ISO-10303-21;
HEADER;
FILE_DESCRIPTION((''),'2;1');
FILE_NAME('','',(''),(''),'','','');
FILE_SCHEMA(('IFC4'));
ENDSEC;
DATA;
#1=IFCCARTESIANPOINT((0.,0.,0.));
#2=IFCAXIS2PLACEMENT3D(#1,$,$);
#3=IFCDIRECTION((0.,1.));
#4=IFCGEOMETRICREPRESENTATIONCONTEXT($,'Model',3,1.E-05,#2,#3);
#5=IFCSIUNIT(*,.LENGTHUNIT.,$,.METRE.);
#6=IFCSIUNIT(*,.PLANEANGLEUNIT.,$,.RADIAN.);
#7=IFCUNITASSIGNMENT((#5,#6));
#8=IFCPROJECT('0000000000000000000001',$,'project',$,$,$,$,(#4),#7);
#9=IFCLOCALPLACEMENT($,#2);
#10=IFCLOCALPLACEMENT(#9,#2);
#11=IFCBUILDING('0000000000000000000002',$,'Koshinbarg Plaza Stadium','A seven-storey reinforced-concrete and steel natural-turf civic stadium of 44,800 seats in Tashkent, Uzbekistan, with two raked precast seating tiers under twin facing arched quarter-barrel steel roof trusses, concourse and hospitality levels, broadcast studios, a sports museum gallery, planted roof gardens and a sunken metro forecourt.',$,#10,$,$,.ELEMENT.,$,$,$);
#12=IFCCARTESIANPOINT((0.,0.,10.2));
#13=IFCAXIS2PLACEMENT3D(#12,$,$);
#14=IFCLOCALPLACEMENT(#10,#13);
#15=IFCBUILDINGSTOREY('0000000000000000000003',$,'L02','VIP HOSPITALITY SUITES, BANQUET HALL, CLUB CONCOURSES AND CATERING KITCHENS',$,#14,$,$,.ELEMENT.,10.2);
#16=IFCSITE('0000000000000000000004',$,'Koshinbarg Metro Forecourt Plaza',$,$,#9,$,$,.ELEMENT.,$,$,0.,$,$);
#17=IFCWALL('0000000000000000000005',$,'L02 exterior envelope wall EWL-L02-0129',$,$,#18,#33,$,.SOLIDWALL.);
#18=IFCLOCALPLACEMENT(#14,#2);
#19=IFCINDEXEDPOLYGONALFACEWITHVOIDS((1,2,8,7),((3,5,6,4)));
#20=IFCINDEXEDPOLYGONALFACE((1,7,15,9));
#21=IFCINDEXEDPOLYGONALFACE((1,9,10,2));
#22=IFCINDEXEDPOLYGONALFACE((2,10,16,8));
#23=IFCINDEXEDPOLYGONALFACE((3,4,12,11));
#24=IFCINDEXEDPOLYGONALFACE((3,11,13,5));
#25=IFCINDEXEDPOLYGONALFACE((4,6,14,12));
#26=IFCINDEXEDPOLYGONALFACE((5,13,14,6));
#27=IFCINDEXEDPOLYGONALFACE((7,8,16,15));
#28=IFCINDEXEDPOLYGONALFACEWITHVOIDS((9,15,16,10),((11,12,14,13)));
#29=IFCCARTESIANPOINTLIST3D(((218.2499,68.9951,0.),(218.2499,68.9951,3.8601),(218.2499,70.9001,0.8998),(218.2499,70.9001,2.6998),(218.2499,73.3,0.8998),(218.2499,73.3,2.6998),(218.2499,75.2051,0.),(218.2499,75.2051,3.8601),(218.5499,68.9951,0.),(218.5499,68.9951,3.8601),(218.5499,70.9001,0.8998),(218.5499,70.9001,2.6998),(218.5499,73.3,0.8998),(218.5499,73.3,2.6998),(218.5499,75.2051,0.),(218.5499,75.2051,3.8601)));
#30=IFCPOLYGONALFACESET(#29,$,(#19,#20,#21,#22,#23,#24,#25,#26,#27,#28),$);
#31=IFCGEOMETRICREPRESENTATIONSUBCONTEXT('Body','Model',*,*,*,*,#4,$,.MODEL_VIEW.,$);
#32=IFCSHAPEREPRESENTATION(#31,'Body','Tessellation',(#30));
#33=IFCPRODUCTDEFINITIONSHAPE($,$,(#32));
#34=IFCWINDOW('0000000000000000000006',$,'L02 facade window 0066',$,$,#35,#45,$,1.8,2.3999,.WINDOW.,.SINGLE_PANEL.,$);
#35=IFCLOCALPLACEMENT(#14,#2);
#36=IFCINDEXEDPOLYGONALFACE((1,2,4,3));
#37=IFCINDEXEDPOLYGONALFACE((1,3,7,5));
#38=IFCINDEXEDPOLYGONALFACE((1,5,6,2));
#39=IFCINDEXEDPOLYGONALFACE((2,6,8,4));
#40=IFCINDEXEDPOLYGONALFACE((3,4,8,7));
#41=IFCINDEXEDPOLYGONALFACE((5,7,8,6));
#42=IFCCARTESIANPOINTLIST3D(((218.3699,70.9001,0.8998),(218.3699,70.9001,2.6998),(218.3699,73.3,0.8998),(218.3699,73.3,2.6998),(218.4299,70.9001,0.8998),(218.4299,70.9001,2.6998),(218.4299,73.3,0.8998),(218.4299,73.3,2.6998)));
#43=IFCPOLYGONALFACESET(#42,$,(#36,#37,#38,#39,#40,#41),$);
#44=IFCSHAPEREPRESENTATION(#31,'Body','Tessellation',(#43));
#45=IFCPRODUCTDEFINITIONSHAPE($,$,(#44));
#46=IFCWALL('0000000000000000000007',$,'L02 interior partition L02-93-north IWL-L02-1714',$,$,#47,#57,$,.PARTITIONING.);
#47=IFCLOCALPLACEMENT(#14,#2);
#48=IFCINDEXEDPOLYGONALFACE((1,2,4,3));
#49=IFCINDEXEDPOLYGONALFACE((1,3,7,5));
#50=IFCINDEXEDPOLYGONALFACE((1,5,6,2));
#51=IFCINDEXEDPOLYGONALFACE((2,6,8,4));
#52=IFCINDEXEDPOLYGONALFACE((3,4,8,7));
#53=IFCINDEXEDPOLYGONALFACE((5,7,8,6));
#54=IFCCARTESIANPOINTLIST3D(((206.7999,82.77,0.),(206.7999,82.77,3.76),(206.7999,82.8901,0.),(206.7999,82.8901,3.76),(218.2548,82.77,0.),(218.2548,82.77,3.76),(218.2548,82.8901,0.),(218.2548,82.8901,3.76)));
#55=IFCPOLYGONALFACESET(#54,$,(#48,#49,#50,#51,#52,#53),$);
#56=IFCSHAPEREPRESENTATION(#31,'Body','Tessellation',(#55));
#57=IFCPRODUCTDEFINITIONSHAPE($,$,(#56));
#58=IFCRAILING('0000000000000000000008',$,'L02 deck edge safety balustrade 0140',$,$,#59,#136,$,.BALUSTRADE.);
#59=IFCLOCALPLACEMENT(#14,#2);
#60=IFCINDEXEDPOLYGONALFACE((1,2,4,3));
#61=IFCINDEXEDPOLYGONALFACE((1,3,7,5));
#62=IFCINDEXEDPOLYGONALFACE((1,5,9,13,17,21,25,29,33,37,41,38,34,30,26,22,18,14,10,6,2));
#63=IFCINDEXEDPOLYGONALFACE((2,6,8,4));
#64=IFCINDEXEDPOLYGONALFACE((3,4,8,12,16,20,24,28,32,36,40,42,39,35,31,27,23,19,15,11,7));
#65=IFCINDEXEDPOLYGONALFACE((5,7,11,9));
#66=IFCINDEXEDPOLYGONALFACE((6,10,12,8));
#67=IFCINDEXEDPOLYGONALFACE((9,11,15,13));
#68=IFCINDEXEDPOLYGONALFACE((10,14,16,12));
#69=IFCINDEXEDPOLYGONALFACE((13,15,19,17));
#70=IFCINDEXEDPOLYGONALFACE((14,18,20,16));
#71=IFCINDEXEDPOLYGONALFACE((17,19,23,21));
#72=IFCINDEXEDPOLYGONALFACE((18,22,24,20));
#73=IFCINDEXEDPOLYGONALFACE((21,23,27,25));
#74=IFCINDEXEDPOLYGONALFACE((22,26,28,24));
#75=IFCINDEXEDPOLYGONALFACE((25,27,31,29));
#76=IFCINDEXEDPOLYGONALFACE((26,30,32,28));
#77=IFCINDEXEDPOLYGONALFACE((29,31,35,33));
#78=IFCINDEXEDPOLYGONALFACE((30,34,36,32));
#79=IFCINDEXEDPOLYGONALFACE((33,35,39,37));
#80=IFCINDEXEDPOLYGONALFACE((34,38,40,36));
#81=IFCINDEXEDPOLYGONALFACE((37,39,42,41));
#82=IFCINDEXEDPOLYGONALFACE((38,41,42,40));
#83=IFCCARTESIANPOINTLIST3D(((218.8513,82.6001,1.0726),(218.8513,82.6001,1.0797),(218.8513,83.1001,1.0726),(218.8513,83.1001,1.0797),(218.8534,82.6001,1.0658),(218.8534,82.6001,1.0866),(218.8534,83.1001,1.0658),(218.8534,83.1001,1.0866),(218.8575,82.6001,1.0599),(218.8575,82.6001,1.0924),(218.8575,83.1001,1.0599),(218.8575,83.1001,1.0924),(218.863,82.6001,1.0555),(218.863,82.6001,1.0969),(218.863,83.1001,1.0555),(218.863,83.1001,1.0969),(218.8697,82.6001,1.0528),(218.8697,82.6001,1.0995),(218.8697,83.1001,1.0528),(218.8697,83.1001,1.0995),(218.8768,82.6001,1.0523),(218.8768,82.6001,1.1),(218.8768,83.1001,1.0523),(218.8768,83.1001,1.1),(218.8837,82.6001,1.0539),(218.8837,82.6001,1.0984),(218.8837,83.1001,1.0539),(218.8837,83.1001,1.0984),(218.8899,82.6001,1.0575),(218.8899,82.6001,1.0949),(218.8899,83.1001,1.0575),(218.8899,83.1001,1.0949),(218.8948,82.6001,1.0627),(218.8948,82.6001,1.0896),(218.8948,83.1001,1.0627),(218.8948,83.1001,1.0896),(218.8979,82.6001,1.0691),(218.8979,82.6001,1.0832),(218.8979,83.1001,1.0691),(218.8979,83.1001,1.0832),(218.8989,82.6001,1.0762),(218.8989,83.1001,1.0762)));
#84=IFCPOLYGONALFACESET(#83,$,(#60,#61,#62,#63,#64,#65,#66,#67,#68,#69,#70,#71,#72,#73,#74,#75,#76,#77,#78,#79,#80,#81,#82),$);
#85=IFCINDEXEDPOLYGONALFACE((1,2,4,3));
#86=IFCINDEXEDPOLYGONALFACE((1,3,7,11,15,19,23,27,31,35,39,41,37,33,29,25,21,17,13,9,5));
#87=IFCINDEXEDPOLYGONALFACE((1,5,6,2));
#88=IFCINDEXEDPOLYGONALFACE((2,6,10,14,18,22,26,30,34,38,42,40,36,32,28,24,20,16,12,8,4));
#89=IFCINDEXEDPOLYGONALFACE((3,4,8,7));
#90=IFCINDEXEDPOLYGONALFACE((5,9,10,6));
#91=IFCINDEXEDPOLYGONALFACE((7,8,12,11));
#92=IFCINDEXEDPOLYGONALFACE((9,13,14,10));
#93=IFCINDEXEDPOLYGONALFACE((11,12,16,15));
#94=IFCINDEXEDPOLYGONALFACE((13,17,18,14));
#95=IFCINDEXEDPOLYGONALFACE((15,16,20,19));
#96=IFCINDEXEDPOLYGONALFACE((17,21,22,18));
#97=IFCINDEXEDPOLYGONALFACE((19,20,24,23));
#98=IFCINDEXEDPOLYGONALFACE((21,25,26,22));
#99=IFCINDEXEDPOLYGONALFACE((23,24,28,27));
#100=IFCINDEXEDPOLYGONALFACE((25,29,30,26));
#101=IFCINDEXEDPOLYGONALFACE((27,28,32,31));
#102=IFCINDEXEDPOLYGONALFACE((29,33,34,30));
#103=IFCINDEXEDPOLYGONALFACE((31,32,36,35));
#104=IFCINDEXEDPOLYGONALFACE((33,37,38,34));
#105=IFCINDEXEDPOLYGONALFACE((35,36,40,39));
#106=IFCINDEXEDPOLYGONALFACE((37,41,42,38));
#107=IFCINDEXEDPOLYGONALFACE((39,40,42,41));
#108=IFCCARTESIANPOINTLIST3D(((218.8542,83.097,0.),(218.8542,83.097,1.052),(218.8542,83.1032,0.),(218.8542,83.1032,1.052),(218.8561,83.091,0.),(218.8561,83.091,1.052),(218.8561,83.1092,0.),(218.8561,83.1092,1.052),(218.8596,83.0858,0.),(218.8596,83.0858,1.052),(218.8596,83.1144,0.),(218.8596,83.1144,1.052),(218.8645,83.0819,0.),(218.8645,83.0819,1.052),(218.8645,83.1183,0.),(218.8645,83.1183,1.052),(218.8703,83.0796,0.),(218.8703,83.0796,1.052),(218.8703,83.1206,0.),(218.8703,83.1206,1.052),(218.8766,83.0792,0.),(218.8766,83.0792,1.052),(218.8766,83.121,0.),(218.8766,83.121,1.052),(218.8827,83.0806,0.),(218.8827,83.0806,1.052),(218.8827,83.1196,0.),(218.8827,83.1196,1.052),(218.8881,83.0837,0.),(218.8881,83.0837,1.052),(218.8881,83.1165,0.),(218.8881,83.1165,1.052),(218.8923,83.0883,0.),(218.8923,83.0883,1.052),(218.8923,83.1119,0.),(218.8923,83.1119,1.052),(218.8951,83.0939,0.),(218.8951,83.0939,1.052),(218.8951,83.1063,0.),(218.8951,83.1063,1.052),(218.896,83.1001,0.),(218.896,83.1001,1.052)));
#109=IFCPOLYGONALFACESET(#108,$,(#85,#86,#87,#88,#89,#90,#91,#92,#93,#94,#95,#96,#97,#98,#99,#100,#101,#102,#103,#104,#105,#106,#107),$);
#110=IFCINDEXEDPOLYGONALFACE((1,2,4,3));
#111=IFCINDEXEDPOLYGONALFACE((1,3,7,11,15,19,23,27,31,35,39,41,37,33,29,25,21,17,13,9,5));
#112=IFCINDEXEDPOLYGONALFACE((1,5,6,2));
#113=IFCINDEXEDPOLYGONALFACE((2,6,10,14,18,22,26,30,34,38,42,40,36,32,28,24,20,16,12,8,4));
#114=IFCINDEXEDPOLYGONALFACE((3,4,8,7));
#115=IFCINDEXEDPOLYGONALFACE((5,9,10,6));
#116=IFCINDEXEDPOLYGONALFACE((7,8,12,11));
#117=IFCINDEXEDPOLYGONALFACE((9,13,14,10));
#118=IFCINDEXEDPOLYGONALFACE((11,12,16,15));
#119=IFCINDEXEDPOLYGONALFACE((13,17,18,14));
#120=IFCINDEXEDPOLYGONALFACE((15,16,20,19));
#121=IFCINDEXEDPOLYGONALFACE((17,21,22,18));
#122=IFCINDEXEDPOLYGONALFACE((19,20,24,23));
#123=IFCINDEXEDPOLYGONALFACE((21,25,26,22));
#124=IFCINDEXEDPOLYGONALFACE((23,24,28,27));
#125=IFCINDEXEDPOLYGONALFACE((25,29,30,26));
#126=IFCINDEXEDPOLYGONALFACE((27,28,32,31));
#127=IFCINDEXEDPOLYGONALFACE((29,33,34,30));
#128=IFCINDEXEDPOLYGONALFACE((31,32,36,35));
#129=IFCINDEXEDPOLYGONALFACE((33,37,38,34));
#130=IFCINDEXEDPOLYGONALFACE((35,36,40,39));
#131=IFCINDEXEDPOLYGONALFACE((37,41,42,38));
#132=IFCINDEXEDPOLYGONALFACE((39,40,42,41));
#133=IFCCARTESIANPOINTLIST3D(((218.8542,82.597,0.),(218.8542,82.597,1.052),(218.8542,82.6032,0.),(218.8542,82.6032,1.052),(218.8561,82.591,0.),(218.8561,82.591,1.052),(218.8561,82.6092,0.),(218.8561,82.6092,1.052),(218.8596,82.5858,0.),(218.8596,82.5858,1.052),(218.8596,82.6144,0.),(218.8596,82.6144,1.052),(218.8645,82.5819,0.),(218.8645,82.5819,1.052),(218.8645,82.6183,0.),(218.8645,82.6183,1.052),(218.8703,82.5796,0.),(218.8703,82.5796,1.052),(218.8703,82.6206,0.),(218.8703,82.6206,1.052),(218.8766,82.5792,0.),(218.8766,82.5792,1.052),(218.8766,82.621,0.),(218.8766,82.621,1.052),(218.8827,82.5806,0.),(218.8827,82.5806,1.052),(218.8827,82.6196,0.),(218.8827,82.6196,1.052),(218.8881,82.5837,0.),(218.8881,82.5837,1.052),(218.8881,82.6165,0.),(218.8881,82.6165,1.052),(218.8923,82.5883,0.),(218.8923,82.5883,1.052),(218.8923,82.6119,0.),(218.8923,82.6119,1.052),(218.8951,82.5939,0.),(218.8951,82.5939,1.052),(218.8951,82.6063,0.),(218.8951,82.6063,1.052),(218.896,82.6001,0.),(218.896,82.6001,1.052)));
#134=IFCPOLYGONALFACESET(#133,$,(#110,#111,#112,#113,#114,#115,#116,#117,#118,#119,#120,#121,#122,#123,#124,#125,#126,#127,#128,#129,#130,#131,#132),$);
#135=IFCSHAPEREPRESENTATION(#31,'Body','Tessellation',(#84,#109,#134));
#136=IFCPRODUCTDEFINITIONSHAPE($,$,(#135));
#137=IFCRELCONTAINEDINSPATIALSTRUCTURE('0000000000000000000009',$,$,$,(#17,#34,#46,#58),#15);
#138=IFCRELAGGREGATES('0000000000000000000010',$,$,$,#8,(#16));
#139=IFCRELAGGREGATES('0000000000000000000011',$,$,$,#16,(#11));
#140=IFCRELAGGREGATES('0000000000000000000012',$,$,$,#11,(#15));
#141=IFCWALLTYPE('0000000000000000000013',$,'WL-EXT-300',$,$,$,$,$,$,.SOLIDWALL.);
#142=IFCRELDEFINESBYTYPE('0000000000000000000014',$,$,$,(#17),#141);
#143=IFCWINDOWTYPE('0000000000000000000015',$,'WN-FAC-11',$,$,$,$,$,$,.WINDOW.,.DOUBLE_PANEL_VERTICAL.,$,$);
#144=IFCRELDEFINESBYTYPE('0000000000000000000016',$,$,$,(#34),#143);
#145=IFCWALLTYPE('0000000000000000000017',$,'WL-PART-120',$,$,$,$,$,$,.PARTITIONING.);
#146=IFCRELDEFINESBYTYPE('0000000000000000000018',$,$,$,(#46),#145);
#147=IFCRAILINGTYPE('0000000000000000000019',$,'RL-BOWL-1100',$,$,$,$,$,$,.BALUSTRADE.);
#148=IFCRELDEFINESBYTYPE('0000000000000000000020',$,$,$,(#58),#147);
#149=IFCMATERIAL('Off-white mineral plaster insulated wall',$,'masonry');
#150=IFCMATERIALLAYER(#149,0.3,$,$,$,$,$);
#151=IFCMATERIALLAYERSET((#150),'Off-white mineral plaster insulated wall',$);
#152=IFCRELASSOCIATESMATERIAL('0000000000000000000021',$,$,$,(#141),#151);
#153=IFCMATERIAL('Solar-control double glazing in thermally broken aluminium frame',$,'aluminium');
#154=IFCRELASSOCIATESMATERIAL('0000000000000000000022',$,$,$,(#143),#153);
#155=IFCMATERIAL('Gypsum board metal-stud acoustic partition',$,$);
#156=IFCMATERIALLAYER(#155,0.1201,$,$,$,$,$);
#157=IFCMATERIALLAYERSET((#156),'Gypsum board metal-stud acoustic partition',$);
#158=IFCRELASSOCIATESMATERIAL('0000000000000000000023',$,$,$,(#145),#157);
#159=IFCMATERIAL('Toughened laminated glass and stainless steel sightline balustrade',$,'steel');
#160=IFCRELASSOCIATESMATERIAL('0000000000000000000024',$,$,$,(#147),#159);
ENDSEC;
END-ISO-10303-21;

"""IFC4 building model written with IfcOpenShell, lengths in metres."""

from ifc_helpers import new_model, si_unit, direction, frame, frame_2d, origin, origin_2d, place, context, subcontext, project, spatial, rectangle, circle, extrude, material, layer, layer_set, type_object, element, fill, save


model = new_model("IFC4")

# Units and contexts
model_context = context("Model", 3, precision=1e-05, world=origin(), true_north=direction((0.0, 1.0)))
body_context = subcontext(model_context, "Body", "Model", "MODEL_VIEW")
ifc_project = project(units=[si_unit("LENGTHUNIT", "METRE"), si_unit("PLANEANGLEUNIT", "RADIAN")], contexts=[model_context])

# Site, building, storey
site_placement = place(None, origin())
site = spatial("IfcSite", under=ifc_project, at=site_placement, Name="Koshinbarg Metro Forecourt Plaza", CompositionType="ELEMENT", RefElevation=0.0)
building_placement = place(site_placement, origin())
building = spatial("IfcBuilding", under=site, at=building_placement, Name="Koshinbarg Plaza Stadium", Description="A seven-storey reinforced-concrete and steel natural-turf civic stadium of 44,800 seats in Tashkent, Uzbekistan, with two raked precast seating tiers under twin facing arched quarter-barrel steel roof trusses, concourse and hospitality levels, broadcast studios, a sports museum gallery, planted roof gardens and a sunken metro forecourt.", CompositionType="ELEMENT")
storey_placement = place(building_placement, frame((0.0, 0.0, 10.2)))
storey = spatial("IfcBuildingStorey", under=building, at=storey_placement, Name="L02", Description="VIP HOSPITALITY SUITES, BANQUET HALL, CLUB CONCOURSES AND CATERING KITCHENS", CompositionType="ELEMENT", Elevation=10.2)

# Wall, opening, window
ifc_material_1 = material(Name="Solar-control double glazing in thermally broken aluminium frame", Category="aluminium")
ifc_material_2 = material(Name="Off-white mineral plaster insulated wall", Category="masonry")
ifc_layer_1 = layer(ifc_material_2, 0.3)
ifc_layer_set_1 = layer_set([ifc_layer_1], Name="Off-white mineral plaster insulated wall")
wall_type_1 = type_object("IfcWallType", Name="WL-EXT-300", PredefinedType="SOLIDWALL", material=ifc_layer_set_1)
wall_1_placement = place(storey_placement, frame((218.3999, 75.2051, 0.0), z_axis=(0.0, 0.0, 1.0), x_axis=(0.0, -1.0, 0.0)))
wall_1 = element("IfcWall", 1, at=wall_1_placement, inside=storey, type_object=wall_type_1, Name="L02 exterior envelope wall EWL-L02-0129", PredefinedType="SOLIDWALL", context=body_context, shape_type="SweptSolid", body=[
    extrude(rectangle(XDim=6.21, YDim=0.3, at=frame_2d((3.105, 0.0))), origin(), (0.0, 0.0, 1.0), 3.8601),
])
opening_1_placement = place(wall_1_placement, frame((1.905, 0.0, 0.8999)))
opening_1 = element("IfcOpeningElement", 2, at=opening_1_placement, cuts=wall_1, PredefinedType="OPENING", context=body_context, shape_type="SweptSolid", body=[
    extrude(rectangle(XDim=2.3999, YDim=1.8, at=frame_2d((1.2, 0.8999))), frame((0.0, 0.1599, 0.0), z_axis=(0.0, -1.0, 0.0), x_axis=(1.0, 0.0, 0.0)), (0.0, 0.0, 1.0), 0.3201),
])
window_type_1 = type_object("IfcWindowType", Name="WN-FAC-11", PartitioningType="DOUBLE_PANEL_VERTICAL", PredefinedType="WINDOW", material=ifc_material_1)
window_1_placement = place(opening_1_placement, origin())
window_1 = element("IfcWindow", 3, at=window_1_placement, inside=storey, type_object=window_type_1, Name="L02 facade window 0066", OverallHeight=1.8, OverallWidth=2.3999, PartitioningType="SINGLE_PANEL", PredefinedType="WINDOW", context=body_context, shape_type="SweptSolid", body=[
    extrude(rectangle(XDim=2.3999, YDim=1.8, at=frame_2d((1.2, 0.8999))), frame((0.0, 0.03, 0.0), z_axis=(0.0, -1.0, 0.0), x_axis=(1.0, 0.0, 0.0)), (0.0, 0.0, 1.0), 0.0601),
])
fill(opening_1, window_1)

# Wall
ifc_material_3 = material(Name="Gypsum board metal-stud acoustic partition")
ifc_layer_2 = layer(ifc_material_3, 0.1201)
ifc_layer_set_2 = layer_set([ifc_layer_2], Name="Gypsum board metal-stud acoustic partition")
wall_type_2 = type_object("IfcWallType", Name="WL-PART-120", PredefinedType="PARTITIONING", material=ifc_layer_set_2)
wall_2_placement = place(storey_placement, frame((218.2549, 82.8301, 0.0), z_axis=(0.0, 0.0, 1.0), x_axis=(-1.0, 0.0, 0.0)))
element("IfcWall", 4, at=wall_2_placement, inside=storey, type_object=wall_type_2, Name="L02 interior partition L02-93-north IWL-L02-1714", PredefinedType="PARTITIONING", context=body_context, shape_type="SweptSolid", body=[
    extrude(rectangle(XDim=11.4548, YDim=0.1201, at=frame_2d((5.7275, 0.0))), origin(), (0.0, 0.0, 1.0), 3.76),
])

# Railing
ifc_material_4 = material(Name="Toughened laminated glass and stainless steel sightline balustrade", Category="steel")
railing_type = type_object("IfcRailingType", Name="RL-BOWL-1100", PredefinedType="BALUSTRADE", material=ifc_material_4)
railing_1_placement = place(storey_placement, frame((218.875, 83.1001, 0.0)))
element("IfcRailing", 5, at=railing_1_placement, inside=storey, type_object=railing_type, Name="L02 deck edge safety balustrade 0140", PredefinedType="BALUSTRADE", context=body_context, shape_type="SweptSolid", body=[
    extrude(circle(Radius=0.0239, at=origin_2d()), frame((0.0, 0.0, 1.0762), z_axis=(0.0, -1.0, 0.0), x_axis=(1.0, 0.0, 0.0)), (0.0, 0.0, 1.0), 0.5),
    extrude(circle(Radius=0.021, at=origin_2d()), origin(), (0.0, 0.0, 1.0), 1.052),
    extrude(circle(Radius=0.021, at=origin_2d()), frame((0.0, -0.5, 0.0)), (0.0, 0.0, 1.0), 1.052),
])

save(model, "model.ifc")
